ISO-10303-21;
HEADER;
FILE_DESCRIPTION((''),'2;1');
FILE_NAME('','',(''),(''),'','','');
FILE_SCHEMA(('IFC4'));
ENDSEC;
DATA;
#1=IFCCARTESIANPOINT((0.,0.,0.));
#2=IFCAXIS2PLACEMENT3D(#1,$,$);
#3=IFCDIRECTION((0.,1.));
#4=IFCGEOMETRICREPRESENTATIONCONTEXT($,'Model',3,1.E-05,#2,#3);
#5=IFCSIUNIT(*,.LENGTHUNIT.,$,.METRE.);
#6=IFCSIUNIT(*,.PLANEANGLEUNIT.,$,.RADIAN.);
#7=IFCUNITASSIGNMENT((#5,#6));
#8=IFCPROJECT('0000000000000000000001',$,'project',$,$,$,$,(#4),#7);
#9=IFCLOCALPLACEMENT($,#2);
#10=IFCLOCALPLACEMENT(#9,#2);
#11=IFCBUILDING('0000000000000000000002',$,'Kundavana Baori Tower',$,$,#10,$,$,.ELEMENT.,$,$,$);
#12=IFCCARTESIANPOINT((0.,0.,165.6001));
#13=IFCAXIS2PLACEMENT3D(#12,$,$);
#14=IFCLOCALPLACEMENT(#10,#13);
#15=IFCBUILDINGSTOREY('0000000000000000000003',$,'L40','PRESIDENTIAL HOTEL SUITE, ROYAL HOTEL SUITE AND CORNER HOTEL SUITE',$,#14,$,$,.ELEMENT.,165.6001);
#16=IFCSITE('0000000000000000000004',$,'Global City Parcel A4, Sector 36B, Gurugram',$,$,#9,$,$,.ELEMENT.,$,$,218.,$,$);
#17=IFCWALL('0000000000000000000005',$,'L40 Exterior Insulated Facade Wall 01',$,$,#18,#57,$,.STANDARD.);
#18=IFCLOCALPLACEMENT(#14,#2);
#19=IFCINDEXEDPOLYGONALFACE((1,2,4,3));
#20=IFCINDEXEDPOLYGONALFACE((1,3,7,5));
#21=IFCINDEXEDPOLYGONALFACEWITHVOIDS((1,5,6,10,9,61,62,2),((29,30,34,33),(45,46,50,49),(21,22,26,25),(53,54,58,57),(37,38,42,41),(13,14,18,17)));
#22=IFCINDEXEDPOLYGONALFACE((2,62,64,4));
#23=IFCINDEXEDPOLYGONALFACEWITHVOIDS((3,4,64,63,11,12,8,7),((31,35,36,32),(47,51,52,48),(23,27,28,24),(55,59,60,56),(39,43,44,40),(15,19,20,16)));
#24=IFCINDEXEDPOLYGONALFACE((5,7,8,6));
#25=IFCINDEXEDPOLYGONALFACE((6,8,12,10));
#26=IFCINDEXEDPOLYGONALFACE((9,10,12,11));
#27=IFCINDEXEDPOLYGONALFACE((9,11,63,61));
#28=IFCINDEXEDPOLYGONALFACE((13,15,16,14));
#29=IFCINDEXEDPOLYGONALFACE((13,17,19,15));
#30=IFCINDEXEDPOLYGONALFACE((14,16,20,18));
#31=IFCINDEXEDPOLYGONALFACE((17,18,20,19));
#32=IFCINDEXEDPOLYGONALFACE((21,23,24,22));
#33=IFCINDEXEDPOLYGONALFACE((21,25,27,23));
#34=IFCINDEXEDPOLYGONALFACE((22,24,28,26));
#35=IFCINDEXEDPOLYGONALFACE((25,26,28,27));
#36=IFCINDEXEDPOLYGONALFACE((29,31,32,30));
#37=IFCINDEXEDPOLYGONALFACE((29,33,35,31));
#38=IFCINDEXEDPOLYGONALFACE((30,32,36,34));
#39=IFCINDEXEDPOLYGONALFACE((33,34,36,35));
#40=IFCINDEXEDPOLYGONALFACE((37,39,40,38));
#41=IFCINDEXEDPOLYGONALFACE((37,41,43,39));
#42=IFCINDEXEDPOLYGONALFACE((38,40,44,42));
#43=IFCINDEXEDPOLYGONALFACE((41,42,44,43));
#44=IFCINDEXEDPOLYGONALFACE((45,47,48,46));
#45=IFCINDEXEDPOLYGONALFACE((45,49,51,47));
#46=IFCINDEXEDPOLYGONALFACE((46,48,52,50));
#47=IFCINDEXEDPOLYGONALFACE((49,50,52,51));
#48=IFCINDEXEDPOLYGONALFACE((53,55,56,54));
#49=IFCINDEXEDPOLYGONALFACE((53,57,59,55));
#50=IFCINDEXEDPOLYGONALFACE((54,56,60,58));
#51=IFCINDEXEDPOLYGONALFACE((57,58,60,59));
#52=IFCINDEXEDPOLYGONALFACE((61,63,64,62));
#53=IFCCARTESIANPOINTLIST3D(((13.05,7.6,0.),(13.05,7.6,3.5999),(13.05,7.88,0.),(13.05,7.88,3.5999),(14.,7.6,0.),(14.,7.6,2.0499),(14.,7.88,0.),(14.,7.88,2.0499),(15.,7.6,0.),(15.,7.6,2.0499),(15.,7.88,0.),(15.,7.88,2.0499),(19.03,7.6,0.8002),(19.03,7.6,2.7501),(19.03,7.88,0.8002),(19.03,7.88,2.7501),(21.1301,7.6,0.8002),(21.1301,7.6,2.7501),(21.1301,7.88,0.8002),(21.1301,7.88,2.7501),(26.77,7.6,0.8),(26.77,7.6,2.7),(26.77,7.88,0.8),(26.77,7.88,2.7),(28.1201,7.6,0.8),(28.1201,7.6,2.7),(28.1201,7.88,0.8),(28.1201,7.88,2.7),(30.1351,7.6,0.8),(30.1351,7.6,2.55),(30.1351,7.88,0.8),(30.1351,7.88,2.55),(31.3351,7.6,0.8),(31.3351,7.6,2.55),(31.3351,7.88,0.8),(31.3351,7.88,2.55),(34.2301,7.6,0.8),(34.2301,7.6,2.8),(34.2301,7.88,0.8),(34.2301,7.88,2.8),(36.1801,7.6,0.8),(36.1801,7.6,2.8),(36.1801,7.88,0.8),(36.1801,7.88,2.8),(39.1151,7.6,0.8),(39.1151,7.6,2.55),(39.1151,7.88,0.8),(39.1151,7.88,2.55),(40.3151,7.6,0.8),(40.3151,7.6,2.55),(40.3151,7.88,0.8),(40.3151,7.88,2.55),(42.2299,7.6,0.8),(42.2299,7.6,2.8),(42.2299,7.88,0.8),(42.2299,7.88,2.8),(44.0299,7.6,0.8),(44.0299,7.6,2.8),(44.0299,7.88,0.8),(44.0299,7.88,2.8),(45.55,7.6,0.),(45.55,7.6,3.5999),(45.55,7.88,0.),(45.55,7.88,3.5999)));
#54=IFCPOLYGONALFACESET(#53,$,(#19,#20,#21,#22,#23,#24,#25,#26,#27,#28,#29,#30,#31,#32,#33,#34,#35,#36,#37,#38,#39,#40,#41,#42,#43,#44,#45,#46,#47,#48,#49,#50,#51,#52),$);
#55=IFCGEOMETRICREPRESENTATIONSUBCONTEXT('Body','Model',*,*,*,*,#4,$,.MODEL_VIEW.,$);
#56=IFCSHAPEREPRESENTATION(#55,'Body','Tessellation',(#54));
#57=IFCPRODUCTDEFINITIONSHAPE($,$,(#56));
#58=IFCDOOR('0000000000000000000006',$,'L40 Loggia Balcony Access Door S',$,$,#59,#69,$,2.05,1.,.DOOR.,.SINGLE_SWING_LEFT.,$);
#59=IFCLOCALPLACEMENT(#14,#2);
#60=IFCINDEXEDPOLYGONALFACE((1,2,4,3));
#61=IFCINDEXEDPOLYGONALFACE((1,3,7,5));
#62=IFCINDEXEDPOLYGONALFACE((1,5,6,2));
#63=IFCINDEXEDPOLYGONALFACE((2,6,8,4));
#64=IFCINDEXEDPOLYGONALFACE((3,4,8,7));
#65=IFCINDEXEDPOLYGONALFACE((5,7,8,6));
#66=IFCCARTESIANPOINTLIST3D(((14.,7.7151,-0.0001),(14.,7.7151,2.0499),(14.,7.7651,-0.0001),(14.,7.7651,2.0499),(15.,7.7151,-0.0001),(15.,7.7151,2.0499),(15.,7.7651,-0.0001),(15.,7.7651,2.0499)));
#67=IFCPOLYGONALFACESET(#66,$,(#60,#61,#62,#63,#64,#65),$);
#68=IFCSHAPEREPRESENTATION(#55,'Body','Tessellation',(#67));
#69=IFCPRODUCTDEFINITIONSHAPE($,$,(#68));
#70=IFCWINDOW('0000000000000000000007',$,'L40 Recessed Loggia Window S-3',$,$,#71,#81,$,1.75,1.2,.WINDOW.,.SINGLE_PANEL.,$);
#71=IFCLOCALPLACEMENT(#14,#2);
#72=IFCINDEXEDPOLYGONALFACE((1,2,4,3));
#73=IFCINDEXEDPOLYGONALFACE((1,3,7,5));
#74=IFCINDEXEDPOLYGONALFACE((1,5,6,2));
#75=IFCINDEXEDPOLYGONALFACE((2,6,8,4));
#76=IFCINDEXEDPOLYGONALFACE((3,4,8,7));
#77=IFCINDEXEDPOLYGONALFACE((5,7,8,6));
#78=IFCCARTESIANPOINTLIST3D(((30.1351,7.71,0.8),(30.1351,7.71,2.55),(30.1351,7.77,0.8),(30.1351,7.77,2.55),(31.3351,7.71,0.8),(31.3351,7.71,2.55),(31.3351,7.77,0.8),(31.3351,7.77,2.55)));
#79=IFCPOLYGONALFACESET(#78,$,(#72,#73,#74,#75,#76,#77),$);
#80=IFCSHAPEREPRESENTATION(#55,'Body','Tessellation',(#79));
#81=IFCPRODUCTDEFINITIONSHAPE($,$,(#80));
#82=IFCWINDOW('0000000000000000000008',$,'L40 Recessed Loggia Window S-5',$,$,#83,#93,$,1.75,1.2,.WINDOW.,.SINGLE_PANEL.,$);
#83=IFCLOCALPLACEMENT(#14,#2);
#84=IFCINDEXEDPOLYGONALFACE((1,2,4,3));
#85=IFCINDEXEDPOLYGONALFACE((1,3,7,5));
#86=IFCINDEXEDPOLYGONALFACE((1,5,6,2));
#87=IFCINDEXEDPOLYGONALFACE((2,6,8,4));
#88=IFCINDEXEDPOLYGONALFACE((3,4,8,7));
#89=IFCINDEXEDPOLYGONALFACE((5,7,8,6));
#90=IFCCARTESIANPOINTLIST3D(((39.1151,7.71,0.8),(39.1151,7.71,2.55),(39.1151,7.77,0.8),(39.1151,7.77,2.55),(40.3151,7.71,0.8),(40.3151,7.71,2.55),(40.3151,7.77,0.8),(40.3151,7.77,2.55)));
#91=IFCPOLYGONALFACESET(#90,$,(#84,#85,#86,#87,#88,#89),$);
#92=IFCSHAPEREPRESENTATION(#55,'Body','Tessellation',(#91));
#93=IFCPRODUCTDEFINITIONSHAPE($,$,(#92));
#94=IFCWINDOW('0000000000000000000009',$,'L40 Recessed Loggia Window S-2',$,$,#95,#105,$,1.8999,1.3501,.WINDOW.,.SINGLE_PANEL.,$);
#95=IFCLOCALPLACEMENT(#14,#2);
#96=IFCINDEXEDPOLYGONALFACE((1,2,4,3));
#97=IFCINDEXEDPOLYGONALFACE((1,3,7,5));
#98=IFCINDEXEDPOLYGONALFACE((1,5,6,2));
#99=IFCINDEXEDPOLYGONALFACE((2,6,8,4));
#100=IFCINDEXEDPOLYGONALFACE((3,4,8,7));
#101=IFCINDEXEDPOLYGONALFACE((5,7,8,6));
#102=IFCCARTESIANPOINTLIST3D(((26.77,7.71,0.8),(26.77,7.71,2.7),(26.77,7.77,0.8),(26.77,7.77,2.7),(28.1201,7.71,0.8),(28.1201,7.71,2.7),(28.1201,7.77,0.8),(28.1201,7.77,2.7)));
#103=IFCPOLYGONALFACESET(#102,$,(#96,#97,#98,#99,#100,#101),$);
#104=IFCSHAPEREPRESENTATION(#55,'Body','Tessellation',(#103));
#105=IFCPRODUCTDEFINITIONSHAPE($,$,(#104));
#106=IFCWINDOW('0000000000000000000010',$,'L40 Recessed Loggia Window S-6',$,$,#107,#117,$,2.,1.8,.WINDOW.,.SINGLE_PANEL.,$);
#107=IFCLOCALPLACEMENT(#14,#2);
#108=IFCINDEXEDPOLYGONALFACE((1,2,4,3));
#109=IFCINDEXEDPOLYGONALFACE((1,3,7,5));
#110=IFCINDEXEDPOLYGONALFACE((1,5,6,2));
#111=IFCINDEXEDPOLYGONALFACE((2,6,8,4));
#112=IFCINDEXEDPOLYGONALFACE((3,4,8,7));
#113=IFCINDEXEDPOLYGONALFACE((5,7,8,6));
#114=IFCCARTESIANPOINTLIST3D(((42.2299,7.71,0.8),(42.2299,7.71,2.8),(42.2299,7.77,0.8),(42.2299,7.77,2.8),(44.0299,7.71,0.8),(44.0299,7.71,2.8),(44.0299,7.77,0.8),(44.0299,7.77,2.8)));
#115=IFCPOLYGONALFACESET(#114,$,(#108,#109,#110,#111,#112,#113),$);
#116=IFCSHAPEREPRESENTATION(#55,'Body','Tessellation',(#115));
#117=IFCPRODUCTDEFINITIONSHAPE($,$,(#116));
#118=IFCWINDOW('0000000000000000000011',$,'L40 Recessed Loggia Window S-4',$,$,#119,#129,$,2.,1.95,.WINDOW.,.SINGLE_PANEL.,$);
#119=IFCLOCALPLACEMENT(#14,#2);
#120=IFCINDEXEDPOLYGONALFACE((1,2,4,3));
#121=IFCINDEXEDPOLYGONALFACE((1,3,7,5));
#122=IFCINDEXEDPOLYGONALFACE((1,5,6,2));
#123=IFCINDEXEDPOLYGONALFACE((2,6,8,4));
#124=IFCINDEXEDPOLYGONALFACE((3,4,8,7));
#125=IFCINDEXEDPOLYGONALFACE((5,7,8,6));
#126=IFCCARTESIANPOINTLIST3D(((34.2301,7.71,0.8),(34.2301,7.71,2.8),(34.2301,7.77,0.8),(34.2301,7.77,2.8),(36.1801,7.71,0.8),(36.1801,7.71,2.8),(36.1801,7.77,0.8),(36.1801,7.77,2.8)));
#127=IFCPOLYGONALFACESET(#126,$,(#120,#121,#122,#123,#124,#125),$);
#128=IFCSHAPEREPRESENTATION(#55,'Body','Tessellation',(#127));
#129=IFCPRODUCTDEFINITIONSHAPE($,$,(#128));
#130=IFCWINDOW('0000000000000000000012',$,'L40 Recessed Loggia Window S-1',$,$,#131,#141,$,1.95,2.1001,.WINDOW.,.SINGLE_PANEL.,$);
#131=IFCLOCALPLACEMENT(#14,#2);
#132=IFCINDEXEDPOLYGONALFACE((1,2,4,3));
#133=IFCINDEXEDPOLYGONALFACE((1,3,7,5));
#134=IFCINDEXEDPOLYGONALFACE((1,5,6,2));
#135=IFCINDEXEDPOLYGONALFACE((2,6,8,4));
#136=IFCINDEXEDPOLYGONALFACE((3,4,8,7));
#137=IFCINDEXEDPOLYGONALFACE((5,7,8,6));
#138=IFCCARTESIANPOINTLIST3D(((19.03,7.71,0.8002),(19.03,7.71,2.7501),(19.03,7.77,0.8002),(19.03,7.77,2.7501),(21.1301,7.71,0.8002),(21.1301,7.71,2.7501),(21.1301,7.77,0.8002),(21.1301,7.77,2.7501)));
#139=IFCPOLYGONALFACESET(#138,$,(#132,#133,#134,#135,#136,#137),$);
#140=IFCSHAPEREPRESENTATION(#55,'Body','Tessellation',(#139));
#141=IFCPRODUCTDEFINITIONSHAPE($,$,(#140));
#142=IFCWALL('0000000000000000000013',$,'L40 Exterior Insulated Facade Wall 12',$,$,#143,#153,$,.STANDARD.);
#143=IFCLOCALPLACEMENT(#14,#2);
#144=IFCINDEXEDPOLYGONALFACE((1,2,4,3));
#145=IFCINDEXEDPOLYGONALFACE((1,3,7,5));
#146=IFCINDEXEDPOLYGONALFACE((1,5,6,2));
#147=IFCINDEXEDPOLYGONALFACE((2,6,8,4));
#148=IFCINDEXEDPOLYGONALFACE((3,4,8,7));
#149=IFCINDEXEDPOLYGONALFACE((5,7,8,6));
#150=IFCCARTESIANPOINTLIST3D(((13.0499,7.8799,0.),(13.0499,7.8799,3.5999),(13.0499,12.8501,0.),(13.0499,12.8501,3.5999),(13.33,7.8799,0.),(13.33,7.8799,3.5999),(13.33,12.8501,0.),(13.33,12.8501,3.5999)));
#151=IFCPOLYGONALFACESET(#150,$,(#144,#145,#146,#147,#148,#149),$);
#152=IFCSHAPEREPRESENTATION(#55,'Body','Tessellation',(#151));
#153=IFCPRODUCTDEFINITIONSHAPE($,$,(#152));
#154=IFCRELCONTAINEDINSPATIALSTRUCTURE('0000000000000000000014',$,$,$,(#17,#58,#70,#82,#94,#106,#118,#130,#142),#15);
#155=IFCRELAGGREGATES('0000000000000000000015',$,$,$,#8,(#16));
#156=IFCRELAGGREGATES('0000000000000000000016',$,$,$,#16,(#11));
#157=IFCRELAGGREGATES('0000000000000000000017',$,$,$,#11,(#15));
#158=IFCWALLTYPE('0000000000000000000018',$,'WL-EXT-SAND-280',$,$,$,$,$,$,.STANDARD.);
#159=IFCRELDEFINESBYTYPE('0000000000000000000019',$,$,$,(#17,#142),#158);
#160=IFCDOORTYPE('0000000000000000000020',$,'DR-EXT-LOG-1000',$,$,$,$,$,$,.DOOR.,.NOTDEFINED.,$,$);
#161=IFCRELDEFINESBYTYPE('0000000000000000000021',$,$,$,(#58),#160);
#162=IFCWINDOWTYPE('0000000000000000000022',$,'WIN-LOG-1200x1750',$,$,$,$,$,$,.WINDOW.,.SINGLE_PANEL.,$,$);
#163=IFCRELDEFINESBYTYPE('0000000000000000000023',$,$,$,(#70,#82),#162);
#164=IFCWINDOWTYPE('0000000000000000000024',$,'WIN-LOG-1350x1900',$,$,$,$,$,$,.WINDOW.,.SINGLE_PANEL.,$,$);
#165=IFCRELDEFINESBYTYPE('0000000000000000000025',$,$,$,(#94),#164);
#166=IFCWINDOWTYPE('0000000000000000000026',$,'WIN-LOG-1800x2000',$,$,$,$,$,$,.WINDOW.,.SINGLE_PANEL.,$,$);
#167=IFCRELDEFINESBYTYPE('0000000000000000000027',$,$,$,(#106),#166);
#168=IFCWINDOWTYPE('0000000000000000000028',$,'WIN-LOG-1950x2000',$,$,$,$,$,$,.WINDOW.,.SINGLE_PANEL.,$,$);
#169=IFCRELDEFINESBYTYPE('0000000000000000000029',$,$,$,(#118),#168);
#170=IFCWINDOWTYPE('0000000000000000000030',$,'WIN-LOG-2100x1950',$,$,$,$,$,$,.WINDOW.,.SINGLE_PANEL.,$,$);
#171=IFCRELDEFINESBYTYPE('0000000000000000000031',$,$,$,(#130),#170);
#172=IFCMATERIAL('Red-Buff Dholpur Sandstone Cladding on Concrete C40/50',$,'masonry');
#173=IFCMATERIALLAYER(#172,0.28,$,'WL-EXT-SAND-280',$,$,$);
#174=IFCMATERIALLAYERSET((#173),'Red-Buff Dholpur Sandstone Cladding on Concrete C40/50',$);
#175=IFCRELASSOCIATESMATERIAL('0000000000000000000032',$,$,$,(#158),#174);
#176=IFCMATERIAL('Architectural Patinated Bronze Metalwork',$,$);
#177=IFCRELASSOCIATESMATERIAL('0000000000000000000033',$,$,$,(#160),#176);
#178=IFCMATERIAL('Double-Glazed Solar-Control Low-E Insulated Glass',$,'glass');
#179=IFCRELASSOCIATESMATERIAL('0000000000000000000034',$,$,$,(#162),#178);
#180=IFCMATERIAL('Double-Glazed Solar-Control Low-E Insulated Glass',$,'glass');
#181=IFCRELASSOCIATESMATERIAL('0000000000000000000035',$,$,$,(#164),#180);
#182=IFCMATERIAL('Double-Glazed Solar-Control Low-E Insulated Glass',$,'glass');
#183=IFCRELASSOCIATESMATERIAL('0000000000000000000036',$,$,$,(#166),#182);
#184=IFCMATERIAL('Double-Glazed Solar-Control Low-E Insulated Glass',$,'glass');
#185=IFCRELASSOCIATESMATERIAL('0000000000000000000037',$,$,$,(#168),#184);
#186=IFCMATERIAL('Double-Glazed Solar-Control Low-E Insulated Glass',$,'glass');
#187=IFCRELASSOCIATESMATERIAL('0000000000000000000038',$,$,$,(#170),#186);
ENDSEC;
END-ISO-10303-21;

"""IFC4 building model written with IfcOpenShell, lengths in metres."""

from ifc_helpers import new_model, si_unit, direction, frame, frame_2d, origin, place, context, subcontext, project, spatial, rectangle, extrude, material, layer, layer_set, type_object, element, fill, save


model = new_model("IFC4")

# Units and contexts
model_context = context("Model", 3, precision=1e-05, world=origin(), true_north=direction((0.0, 1.0)))
body_context = subcontext(model_context, "Body", "Model", "MODEL_VIEW")
ifc_project = project(units=[si_unit("LENGTHUNIT", "METRE"), si_unit("PLANEANGLEUNIT", "RADIAN")], contexts=[model_context])

# Site, building, storey
site_placement = place(None, origin())
site = spatial("IfcSite", under=ifc_project, at=site_placement, Name="Global City Parcel A4, Sector 36B, Gurugram", CompositionType="ELEMENT", RefElevation=218.0)
building_placement = place(site_placement, origin())
building = spatial("IfcBuilding", under=site, at=building_placement, Name="Kundavana Baori Tower", CompositionType="ELEMENT")
storey_placement = place(building_placement, frame((0.0, 0.0, 165.6001)))
storey = spatial("IfcBuildingStorey", under=building, at=storey_placement, Name="L40", Description="PRESIDENTIAL HOTEL SUITE, ROYAL HOTEL SUITE AND CORNER HOTEL SUITE", CompositionType="ELEMENT", Elevation=165.6001)

# Wall, openings, door, windows
ifc_material_1 = material(Name="Red-Buff Dholpur Sandstone Cladding on Concrete C40/50", Category="masonry")
ifc_layer_1 = layer(ifc_material_1, 0.28, Name="WL-EXT-SAND-280")
ifc_layer_set_1 = layer_set([ifc_layer_1], Name="Red-Buff Dholpur Sandstone Cladding on Concrete C40/50")
wall_type_1 = type_object("IfcWallType", Name="WL-EXT-SAND-280", PredefinedType="STANDARD", material=ifc_layer_set_1)
wall_1_placement = place(storey_placement, frame((13.05, 7.74, 0.0), z_axis=(0.0, 0.0, 1.0), x_axis=(1.0, 0.0, 0.0)))
wall_1 = element("IfcWall", 1, at=wall_1_placement, inside=storey, type_object=wall_type_1, Name="L40 Exterior Insulated Facade Wall 01", PredefinedType="STANDARD", context=body_context, shape_type="SweptSolid", body=[
    extrude(rectangle(XDim=32.5, YDim=0.28, at=frame_2d((16.25, 0.0))), origin(), (0.0, 0.0, 1.0), 3.5999),
])
opening_1_placement = place(wall_1_placement, frame((0.95, 0.0, 0.0)))
opening_1 = element("IfcOpeningElement", 2, at=opening_1_placement, cuts=wall_1, PredefinedType="OPENING", context=body_context, shape_type="SweptSolid", body=[
    extrude(rectangle(XDim=1.0, YDim=2.05, at=frame_2d((0.5, 1.0249))), frame((0.0, 0.1499, 0.0), z_axis=(0.0, -1.0, 0.0), x_axis=(1.0, 0.0, 0.0)), (0.0, 0.0, 1.0), 0.3),
])
opening_2_placement = place(wall_1_placement, frame((5.98, 0.0, 0.8)))
opening_2 = element("IfcOpeningElement", 3, at=opening_2_placement, cuts=wall_1, PredefinedType="OPENING", context=body_context, shape_type="SweptSolid", body=[
    extrude(rectangle(XDim=2.1001, YDim=1.95, at=frame_2d((1.05, 0.9751))), frame((0.0, 0.1499, 0.0), z_axis=(0.0, -1.0, 0.0), x_axis=(1.0, 0.0, 0.0)), (0.0, 0.0, 1.0), 0.3),
])
opening_3_placement = place(wall_1_placement, frame((13.72, 0.0, 0.8)))
opening_3 = element("IfcOpeningElement", 4, at=opening_3_placement, cuts=wall_1, PredefinedType="OPENING", context=body_context, shape_type="SweptSolid", body=[
    extrude(rectangle(XDim=1.3501, YDim=1.8999, at=frame_2d((0.675, 0.95))), frame((0.0, 0.1499, 0.0), z_axis=(0.0, -1.0, 0.0), x_axis=(1.0, 0.0, 0.0)), (0.0, 0.0, 1.0), 0.3),
])
opening_4_placement = place(wall_1_placement, frame((17.085, 0.0, 0.8)))
opening_4 = element("IfcOpeningElement", 5, at=opening_4_placement, cuts=wall_1, PredefinedType="OPENING", context=body_context, shape_type="SweptSolid", body=[
    extrude(rectangle(XDim=1.2, YDim=1.75, at=frame_2d((0.6001, 0.875))), frame((0.0, 0.1499, 0.0), z_axis=(0.0, -1.0, 0.0), x_axis=(1.0, 0.0, 0.0)), (0.0, 0.0, 1.0), 0.3),
])
opening_5_placement = place(wall_1_placement, frame((21.1799, 0.0, 0.8)))
opening_5 = element("IfcOpeningElement", 6, at=opening_5_placement, cuts=wall_1, PredefinedType="OPENING", context=body_context, shape_type="SweptSolid", body=[
    extrude(rectangle(XDim=1.95, YDim=2.0, at=frame_2d((0.9751, 1.0))), frame((0.0, 0.1499, 0.0), z_axis=(0.0, -1.0, 0.0), x_axis=(1.0, 0.0, 0.0)), (0.0, 0.0, 1.0), 0.3),
])
opening_6_placement = place(wall_1_placement, frame((26.0649, 0.0, 0.8)))
opening_6 = element("IfcOpeningElement", 7, at=opening_6_placement, cuts=wall_1, PredefinedType="OPENING", context=body_context, shape_type="SweptSolid", body=[
    extrude(rectangle(XDim=1.2, YDim=1.75, at=frame_2d((0.6001, 0.875))), frame((0.0, 0.1499, 0.0), z_axis=(0.0, -1.0, 0.0), x_axis=(1.0, 0.0, 0.0)), (0.0, 0.0, 1.0), 0.3),
])
opening_7_placement = place(wall_1_placement, frame((29.1799, 0.0, 0.8)))
opening_7 = element("IfcOpeningElement", 8, at=opening_7_placement, cuts=wall_1, PredefinedType="OPENING", context=body_context, shape_type="SweptSolid", body=[
    extrude(rectangle(XDim=1.8, YDim=2.0, at=frame_2d((0.8999, 1.0))), frame((0.0, 0.1499, 0.0), z_axis=(0.0, -1.0, 0.0), x_axis=(1.0, 0.0, 0.0)), (0.0, 0.0, 1.0), 0.3),
])
ifc_material_2 = material(Name="Architectural Patinated Bronze Metalwork")
door_type_1 = type_object("IfcDoorType", Name="DR-EXT-LOG-1000", OperationType="NOTDEFINED", PredefinedType="DOOR", material=ifc_material_2)
door_1_placement = place(opening_1_placement, frame((1.0, 0.0, 0.0), z_axis=(0.0, 0.0, 1.0), x_axis=(-1.0, 0.0, 0.0)))
door_1 = element("IfcDoor", 9, at=door_1_placement, inside=storey, type_object=door_type_1, Name="L40 Loggia Balcony Access Door S", OperationType="SINGLE_SWING_LEFT", OverallHeight=2.05, OverallWidth=1.0, PredefinedType="DOOR", context=body_context, shape_type="SweptSolid", body=[
    extrude(rectangle(XDim=1.0, YDim=2.05, at=frame_2d((0.5, 1.0249))), frame((0.0, 0.0249, 0.0), z_axis=(0.0, -1.0, 0.0), x_axis=(1.0, 0.0, 0.0)), (0.0, 0.0, 1.0), 0.05),
])
fill(opening_1, door_1)
ifc_material_3 = material(Name="Double-Glazed Solar-Control Low-E Insulated Glass", Category="glass")
window_type_1 = type_object("IfcWindowType", Name="WIN-LOG-1200x1750", PartitioningType="SINGLE_PANEL", PredefinedType="WINDOW", material=ifc_material_3)
window_1_placement = place(opening_4_placement, origin())
window_1 = element("IfcWindow", 10, at=window_1_placement, inside=storey, type_object=window_type_1, Name="L40 Recessed Loggia Window S-3", OverallHeight=1.75, OverallWidth=1.2, PartitioningType="SINGLE_PANEL", PredefinedType="WINDOW", context=body_context, shape_type="SweptSolid", body=[
    extrude(rectangle(XDim=1.2, YDim=1.75, at=frame_2d((0.6001, 0.875))), frame((0.0, 0.03, 0.0), z_axis=(0.0, -1.0, 0.0), x_axis=(1.0, 0.0, 0.0)), (0.0, 0.0, 1.0), 0.0601),
])
fill(opening_4, window_1)
window_2_placement = place(opening_6_placement, origin())
window_2 = element("IfcWindow", 11, at=window_2_placement, inside=storey, type_object=window_type_1, Name="L40 Recessed Loggia Window S-5", OverallHeight=1.75, OverallWidth=1.2, PartitioningType="SINGLE_PANEL", PredefinedType="WINDOW", context=body_context, shape_type="SweptSolid", body=[
    extrude(rectangle(XDim=1.2, YDim=1.75, at=frame_2d((0.6001, 0.875))), frame((0.0, 0.03, 0.0), z_axis=(0.0, -1.0, 0.0), x_axis=(1.0, 0.0, 0.0)), (0.0, 0.0, 1.0), 0.0601),
])
fill(opening_6, window_2)
ifc_material_4 = material(Name="Double-Glazed Solar-Control Low-E Insulated Glass", Category="glass")
window_type_2 = type_object("IfcWindowType", Name="WIN-LOG-1350x1900", PartitioningType="SINGLE_PANEL", PredefinedType="WINDOW", material=ifc_material_4)
window_3_placement = place(opening_3_placement, origin())
window_3 = element("IfcWindow", 12, at=window_3_placement, inside=storey, type_object=window_type_2, Name="L40 Recessed Loggia Window S-2", OverallHeight=1.8999, OverallWidth=1.3501, PartitioningType="SINGLE_PANEL", PredefinedType="WINDOW", context=body_context, shape_type="SweptSolid", body=[
    extrude(rectangle(XDim=1.3501, YDim=1.8999, at=frame_2d((0.675, 0.95))), frame((0.0, 0.03, 0.0), z_axis=(0.0, -1.0, 0.0), x_axis=(1.0, 0.0, 0.0)), (0.0, 0.0, 1.0), 0.0601),
])
fill(opening_3, window_3)
ifc_material_5 = material(Name="Double-Glazed Solar-Control Low-E Insulated Glass", Category="glass")
window_type_3 = type_object("IfcWindowType", Name="WIN-LOG-1800x2000", PartitioningType="SINGLE_PANEL", PredefinedType="WINDOW", material=ifc_material_5)
window_4_placement = place(opening_7_placement, origin())
window_4 = element("IfcWindow", 13, at=window_4_placement, inside=storey, type_object=window_type_3, Name="L40 Recessed Loggia Window S-6", OverallHeight=2.0, OverallWidth=1.8, PartitioningType="SINGLE_PANEL", PredefinedType="WINDOW", context=body_context, shape_type="SweptSolid", body=[
    extrude(rectangle(XDim=1.8, YDim=2.0, at=frame_2d((0.8999, 1.0))), frame((0.0, 0.03, 0.0), z_axis=(0.0, -1.0, 0.0), x_axis=(1.0, 0.0, 0.0)), (0.0, 0.0, 1.0), 0.0601),
])
fill(opening_7, window_4)
ifc_material_6 = material(Name="Double-Glazed Solar-Control Low-E Insulated Glass", Category="glass")
window_type_4 = type_object("IfcWindowType", Name="WIN-LOG-1950x2000", PartitioningType="SINGLE_PANEL", PredefinedType="WINDOW", material=ifc_material_6)
window_5_placement = place(opening_5_placement, origin())
window_5 = element("IfcWindow", 14, at=window_5_placement, inside=storey, type_object=window_type_4, Name="L40 Recessed Loggia Window S-4", OverallHeight=2.0, OverallWidth=1.95, PartitioningType="SINGLE_PANEL", PredefinedType="WINDOW", context=body_context, shape_type="SweptSolid", body=[
    extrude(rectangle(XDim=1.95, YDim=2.0, at=frame_2d((0.9751, 1.0))), frame((0.0, 0.03, 0.0), z_axis=(0.0, -1.0, 0.0), x_axis=(1.0, 0.0, 0.0)), (0.0, 0.0, 1.0), 0.0601),
])
fill(opening_5, window_5)
ifc_material_7 = material(Name="Double-Glazed Solar-Control Low-E Insulated Glass", Category="glass")
window_type_5 = type_object("IfcWindowType", Name="WIN-LOG-2100x1950", PartitioningType="SINGLE_PANEL", PredefinedType="WINDOW", material=ifc_material_7)
window_6_placement = place(opening_2_placement, origin())
window_6 = element("IfcWindow", 15, at=window_6_placement, inside=storey, type_object=window_type_5, Name="L40 Recessed Loggia Window S-1", OverallHeight=1.95, OverallWidth=2.1001, PartitioningType="SINGLE_PANEL", PredefinedType="WINDOW", context=body_context, shape_type="SweptSolid", body=[
    extrude(rectangle(XDim=2.1001, YDim=1.95, at=frame_2d((1.05, 0.9751))), frame((0.0, 0.03, 0.0), z_axis=(0.0, -1.0, 0.0), x_axis=(1.0, 0.0, 0.0)), (0.0, 0.0, 1.0), 0.0601),
])
fill(opening_2, window_6)

# Wall
wall_2_placement = place(storey_placement, frame((13.1899, 12.8501, 0.0), z_axis=(0.0, 0.0, 1.0), x_axis=(0.0, -1.0, 0.0)))
element("IfcWall", 16, at=wall_2_placement, inside=storey, type_object=wall_type_1, Name="L40 Exterior Insulated Facade Wall 12", PredefinedType="STANDARD", context=body_context, shape_type="SweptSolid", body=[
    extrude(rectangle(XDim=4.9702, YDim=0.28, at=frame_2d((2.4851, 0.0))), origin(), (0.0, 0.0, 1.0), 3.5999),
])

save(model, "model.ifc")
